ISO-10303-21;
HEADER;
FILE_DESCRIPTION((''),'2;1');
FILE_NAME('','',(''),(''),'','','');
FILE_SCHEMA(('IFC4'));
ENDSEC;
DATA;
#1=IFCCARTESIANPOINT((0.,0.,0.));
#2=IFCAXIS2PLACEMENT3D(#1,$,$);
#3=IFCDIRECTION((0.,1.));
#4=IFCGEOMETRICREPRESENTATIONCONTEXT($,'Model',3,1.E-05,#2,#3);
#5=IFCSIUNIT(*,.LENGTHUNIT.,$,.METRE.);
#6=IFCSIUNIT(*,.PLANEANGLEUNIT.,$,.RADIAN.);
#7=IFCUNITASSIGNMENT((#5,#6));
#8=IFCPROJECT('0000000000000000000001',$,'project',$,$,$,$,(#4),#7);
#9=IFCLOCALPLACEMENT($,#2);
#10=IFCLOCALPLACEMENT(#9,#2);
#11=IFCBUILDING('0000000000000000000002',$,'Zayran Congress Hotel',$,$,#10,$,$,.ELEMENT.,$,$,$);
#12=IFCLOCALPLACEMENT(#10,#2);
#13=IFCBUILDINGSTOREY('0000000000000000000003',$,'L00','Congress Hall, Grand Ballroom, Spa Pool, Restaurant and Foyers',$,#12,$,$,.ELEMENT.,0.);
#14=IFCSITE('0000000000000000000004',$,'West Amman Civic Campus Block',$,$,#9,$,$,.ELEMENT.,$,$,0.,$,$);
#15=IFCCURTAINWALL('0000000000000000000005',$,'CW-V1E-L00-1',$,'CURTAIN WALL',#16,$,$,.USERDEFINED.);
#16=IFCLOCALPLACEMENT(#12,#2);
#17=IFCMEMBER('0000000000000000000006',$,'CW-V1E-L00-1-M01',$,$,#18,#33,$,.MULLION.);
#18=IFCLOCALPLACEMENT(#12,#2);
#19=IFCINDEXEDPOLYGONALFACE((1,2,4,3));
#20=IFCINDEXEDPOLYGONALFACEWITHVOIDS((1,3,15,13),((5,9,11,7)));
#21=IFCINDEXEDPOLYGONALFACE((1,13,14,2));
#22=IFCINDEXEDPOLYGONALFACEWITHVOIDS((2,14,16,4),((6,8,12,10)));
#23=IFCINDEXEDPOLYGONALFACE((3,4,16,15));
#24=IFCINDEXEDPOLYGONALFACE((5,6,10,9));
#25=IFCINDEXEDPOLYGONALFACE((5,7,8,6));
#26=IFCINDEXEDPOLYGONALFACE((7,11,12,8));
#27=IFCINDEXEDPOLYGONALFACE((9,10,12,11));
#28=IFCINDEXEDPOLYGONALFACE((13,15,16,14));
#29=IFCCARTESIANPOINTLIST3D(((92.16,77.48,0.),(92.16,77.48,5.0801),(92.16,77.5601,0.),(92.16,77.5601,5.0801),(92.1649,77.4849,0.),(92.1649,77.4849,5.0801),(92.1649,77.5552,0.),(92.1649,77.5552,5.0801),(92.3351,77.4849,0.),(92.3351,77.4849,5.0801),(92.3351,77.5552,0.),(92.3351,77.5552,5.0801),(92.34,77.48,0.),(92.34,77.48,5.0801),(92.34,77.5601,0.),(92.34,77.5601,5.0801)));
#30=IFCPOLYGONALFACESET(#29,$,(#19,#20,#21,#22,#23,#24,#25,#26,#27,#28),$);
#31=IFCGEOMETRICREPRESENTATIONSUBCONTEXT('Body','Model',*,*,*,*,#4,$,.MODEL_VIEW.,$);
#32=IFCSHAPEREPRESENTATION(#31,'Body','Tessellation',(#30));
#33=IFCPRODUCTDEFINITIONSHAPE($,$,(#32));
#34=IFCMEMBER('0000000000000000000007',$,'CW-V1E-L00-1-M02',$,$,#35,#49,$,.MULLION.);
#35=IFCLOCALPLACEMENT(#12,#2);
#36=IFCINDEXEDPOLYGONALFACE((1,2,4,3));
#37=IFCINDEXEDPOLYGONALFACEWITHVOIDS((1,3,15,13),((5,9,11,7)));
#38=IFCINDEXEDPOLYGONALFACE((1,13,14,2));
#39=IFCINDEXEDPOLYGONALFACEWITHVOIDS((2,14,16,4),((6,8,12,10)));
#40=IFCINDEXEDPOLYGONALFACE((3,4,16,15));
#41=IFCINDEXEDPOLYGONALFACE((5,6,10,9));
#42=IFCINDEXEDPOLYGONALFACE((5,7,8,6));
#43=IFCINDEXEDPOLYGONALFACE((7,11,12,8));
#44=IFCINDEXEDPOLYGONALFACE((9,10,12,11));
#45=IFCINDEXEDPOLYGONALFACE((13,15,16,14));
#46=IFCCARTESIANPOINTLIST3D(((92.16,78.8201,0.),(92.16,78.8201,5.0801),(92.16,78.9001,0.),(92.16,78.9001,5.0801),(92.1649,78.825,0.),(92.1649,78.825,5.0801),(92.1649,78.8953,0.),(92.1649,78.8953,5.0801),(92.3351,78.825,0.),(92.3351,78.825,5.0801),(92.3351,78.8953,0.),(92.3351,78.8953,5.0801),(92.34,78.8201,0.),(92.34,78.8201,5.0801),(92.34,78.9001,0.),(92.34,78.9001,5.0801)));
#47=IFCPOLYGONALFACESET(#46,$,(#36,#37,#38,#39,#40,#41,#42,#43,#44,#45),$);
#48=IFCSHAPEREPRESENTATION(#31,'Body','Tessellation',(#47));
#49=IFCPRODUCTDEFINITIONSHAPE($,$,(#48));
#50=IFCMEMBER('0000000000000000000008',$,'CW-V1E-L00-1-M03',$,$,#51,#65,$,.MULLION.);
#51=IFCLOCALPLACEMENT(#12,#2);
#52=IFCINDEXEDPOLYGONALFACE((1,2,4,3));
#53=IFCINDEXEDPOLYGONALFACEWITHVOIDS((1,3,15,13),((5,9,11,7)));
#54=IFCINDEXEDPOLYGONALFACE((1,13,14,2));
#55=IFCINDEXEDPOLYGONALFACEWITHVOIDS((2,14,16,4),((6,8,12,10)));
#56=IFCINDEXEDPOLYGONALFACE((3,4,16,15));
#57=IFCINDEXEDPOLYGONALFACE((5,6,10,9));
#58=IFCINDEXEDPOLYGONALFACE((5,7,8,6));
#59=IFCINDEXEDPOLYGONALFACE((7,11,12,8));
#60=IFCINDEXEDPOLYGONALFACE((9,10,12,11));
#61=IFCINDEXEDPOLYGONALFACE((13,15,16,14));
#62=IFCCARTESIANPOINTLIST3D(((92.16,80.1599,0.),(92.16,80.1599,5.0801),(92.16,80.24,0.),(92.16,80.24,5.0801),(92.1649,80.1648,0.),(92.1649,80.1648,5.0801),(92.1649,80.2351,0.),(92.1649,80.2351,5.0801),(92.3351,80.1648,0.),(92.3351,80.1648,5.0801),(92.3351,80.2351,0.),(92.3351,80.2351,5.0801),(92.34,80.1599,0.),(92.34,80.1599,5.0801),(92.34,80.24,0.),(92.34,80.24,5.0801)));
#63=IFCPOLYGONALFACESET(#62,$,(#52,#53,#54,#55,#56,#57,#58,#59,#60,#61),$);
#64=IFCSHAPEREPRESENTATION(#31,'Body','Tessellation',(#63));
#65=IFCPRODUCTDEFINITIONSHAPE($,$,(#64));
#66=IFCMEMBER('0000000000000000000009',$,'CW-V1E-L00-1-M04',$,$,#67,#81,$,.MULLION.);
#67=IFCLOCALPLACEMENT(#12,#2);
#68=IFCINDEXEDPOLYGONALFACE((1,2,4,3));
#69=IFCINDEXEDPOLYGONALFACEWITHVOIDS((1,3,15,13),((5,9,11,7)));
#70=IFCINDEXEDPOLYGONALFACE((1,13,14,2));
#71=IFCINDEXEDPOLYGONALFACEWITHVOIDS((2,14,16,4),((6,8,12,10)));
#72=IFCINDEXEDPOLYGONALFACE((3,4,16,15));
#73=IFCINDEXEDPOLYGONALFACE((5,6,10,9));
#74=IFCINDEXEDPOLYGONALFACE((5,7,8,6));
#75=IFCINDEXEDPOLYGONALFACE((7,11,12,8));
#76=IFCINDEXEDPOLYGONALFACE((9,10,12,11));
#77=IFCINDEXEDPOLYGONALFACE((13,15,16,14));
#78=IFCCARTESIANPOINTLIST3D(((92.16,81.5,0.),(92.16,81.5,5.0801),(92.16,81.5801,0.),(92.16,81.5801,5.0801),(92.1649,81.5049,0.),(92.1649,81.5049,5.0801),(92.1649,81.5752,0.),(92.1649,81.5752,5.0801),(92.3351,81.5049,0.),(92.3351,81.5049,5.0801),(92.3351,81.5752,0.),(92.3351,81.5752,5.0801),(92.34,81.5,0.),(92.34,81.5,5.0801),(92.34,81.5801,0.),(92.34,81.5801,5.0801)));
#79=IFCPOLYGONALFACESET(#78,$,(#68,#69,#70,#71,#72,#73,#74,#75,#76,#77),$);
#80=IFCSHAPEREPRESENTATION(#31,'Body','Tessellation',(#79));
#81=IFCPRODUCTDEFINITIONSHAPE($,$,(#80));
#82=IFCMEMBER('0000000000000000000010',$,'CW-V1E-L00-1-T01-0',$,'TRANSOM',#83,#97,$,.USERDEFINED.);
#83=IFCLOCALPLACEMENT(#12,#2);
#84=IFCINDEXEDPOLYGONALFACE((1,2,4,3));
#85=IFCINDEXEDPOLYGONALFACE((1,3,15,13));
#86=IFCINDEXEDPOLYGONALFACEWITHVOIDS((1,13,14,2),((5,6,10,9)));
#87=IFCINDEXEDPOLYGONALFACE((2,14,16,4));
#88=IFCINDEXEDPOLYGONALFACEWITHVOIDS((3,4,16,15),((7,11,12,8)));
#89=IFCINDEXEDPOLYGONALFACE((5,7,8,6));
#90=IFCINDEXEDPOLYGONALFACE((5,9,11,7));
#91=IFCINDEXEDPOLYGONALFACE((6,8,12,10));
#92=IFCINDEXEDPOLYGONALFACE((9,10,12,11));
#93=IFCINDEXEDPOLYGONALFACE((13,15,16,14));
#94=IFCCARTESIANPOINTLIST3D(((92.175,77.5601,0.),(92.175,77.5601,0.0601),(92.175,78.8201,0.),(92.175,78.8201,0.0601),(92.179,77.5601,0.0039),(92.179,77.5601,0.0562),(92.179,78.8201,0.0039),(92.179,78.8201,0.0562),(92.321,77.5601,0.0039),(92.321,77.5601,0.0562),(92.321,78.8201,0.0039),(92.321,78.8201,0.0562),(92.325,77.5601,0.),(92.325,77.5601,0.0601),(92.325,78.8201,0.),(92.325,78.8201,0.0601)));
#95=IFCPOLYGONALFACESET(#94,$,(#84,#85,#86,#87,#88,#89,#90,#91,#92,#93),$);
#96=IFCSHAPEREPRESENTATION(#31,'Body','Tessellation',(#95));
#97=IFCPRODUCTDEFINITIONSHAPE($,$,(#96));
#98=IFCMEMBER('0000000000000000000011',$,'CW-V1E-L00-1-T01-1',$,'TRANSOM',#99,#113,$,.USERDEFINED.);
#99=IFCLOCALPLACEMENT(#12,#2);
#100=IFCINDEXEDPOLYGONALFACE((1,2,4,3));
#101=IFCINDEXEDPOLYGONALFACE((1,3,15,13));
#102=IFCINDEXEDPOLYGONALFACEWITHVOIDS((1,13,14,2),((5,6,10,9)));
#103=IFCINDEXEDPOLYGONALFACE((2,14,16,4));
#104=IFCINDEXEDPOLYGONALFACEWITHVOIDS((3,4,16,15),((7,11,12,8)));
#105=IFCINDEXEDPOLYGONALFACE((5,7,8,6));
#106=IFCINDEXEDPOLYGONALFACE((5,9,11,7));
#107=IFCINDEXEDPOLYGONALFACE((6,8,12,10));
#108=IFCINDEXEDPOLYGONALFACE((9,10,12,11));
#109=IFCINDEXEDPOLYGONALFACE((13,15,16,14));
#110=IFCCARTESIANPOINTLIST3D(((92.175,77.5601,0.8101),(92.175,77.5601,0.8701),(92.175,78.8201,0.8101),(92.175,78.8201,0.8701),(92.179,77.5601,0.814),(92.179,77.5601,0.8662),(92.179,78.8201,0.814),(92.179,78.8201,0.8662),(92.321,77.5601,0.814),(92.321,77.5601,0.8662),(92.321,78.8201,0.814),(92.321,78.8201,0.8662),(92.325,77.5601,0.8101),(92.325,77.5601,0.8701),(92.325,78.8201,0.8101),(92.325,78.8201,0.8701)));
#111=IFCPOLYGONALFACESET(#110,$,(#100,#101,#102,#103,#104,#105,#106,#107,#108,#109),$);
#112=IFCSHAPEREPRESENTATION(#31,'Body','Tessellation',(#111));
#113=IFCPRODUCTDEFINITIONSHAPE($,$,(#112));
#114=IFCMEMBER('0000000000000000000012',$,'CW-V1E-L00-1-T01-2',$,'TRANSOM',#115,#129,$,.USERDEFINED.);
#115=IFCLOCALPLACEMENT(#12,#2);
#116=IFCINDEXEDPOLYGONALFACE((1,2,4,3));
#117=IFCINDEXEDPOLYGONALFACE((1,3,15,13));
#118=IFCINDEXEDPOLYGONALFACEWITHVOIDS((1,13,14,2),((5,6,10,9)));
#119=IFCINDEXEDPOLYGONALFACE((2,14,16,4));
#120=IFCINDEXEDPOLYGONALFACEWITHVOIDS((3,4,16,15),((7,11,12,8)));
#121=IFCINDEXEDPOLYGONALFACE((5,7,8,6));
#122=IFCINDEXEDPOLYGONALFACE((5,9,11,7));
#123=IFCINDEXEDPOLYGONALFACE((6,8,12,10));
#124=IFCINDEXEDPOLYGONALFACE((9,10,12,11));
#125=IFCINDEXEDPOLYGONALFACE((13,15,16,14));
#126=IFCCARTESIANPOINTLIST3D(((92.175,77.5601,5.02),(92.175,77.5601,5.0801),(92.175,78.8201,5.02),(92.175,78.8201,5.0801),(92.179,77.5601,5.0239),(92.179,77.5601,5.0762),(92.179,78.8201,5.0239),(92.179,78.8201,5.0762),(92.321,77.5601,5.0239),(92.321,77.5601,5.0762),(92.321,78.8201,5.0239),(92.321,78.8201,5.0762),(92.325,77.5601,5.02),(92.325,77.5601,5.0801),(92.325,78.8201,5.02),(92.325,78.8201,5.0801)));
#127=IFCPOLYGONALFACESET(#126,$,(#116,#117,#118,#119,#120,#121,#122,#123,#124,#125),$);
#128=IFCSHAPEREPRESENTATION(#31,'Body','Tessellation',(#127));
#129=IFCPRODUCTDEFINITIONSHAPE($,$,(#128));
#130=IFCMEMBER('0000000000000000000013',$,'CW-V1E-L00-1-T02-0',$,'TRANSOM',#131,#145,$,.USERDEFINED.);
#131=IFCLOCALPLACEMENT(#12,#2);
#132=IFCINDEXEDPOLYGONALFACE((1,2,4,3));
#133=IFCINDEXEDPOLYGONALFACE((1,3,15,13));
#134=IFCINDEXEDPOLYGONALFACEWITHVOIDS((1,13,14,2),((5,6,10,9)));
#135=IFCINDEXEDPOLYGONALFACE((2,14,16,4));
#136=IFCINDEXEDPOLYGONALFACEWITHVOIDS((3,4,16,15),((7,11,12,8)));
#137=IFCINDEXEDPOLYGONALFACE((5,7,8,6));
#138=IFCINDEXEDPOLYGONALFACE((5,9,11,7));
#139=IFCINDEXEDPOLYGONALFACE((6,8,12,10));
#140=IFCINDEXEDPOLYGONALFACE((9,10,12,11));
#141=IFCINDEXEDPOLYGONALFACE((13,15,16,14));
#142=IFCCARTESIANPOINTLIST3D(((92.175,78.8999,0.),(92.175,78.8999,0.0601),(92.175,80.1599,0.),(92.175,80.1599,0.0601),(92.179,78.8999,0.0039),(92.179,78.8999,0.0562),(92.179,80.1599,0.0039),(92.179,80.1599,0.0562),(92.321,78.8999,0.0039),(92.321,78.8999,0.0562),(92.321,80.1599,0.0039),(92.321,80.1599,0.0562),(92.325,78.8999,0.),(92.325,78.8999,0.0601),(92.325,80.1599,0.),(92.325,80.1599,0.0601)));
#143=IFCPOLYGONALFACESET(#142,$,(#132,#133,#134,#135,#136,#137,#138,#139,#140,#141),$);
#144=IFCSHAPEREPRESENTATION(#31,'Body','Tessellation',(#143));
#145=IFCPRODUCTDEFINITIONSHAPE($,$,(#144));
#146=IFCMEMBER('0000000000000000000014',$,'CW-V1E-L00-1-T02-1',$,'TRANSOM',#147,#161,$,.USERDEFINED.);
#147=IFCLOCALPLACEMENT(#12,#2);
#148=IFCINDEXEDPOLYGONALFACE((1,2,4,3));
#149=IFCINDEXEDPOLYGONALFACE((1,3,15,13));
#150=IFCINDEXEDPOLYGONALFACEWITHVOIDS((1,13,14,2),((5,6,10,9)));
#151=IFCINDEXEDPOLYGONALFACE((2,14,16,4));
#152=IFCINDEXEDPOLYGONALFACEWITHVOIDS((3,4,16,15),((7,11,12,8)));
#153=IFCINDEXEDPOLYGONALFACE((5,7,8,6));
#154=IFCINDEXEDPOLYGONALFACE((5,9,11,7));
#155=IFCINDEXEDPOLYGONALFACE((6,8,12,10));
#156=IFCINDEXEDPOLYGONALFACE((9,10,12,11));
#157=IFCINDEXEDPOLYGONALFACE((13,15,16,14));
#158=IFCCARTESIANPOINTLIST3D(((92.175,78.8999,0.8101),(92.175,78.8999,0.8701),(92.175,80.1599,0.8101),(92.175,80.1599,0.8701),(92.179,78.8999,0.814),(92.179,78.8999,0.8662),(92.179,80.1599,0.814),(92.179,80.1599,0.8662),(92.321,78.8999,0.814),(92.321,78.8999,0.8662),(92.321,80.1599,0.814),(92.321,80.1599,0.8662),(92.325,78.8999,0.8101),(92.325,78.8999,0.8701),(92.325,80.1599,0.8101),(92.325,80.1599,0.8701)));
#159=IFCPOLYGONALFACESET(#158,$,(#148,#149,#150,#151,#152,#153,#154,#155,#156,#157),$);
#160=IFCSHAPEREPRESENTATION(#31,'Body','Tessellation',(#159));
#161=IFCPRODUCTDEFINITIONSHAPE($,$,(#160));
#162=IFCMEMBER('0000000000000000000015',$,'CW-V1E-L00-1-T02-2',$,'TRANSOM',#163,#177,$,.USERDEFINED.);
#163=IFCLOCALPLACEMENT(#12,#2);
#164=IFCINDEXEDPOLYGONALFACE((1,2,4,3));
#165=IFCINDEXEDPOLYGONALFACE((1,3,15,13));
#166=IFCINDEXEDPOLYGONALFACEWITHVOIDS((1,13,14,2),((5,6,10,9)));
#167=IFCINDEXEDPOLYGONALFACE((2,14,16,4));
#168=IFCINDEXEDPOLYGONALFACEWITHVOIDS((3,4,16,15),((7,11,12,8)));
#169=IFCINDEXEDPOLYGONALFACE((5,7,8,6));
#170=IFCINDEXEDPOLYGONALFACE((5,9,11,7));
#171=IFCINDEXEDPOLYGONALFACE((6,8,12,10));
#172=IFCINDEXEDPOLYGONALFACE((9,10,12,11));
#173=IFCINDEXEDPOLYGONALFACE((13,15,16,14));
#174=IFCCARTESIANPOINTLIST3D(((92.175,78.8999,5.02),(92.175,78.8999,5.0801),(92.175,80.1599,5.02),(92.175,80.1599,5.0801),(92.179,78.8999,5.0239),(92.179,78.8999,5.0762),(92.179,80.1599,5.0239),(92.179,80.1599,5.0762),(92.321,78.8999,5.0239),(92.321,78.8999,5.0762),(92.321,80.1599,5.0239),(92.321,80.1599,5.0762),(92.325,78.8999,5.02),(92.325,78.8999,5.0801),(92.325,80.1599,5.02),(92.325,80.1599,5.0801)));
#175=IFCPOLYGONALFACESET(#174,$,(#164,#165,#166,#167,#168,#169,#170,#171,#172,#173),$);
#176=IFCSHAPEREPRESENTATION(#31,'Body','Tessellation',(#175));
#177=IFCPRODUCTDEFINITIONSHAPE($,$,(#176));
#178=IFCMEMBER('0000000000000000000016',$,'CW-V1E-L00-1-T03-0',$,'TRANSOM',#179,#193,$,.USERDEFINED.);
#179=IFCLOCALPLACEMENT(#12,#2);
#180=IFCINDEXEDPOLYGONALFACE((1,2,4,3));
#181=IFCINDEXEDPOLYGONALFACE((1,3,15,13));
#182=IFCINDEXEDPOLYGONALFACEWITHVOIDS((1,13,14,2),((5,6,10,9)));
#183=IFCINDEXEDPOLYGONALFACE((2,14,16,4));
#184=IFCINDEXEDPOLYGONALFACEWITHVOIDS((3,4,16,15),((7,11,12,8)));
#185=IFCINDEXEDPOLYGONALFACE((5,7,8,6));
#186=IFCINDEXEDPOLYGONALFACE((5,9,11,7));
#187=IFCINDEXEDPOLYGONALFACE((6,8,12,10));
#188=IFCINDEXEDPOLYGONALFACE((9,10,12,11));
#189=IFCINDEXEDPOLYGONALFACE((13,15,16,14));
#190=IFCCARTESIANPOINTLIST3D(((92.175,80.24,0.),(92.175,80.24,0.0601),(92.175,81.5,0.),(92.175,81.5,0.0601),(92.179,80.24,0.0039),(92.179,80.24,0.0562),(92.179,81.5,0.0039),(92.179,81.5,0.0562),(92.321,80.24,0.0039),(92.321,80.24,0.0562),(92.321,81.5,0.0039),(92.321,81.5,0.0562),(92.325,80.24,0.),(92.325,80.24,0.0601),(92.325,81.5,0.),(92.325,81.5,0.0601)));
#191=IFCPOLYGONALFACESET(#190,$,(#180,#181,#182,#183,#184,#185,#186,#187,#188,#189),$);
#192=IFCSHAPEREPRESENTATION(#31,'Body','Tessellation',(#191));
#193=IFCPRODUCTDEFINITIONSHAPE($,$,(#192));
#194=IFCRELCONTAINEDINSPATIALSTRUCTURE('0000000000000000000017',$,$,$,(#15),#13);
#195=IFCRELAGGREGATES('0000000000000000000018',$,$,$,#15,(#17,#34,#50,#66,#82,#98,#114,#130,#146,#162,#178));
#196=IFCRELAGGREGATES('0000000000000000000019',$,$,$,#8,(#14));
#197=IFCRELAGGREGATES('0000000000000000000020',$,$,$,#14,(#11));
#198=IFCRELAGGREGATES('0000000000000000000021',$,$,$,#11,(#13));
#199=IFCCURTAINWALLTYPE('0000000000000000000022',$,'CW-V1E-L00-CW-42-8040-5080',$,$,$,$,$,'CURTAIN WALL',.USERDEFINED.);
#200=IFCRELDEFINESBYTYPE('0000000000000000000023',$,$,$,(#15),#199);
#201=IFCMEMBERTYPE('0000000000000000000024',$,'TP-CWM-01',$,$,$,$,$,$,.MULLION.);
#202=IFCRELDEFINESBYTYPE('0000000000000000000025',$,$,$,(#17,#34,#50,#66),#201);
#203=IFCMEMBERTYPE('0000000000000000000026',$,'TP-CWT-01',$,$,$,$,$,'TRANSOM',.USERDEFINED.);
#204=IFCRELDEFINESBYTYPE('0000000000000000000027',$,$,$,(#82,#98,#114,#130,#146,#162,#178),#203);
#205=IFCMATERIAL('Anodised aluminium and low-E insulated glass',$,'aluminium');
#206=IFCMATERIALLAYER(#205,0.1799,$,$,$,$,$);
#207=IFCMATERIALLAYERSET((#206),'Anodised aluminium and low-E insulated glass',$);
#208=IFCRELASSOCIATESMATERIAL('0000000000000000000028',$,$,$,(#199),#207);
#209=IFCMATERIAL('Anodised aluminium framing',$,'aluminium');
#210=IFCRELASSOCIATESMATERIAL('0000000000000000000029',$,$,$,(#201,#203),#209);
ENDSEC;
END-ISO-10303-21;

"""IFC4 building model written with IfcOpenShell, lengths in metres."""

from ifc_helpers import new_model, si_unit, direction, frame, origin, origin_2d, place, context, subcontext, project, spatial, hollow_rectangle, extrude, material, layer, layer_set, material_profile, profile_set, type_object, element, aggregate, save


model = new_model("IFC4")

# Units and contexts
model_context = context("Model", 3, precision=1e-05, world=origin(), true_north=direction((0.0, 1.0)))
body_context = subcontext(model_context, "Body", "Model", "MODEL_VIEW")
ifc_project = project(units=[si_unit("LENGTHUNIT", "METRE"), si_unit("PLANEANGLEUNIT", "RADIAN")], contexts=[model_context])

# Site, building, storey
site_placement = place(None, origin())
site = spatial("IfcSite", under=ifc_project, at=site_placement, Name="West Amman Civic Campus Block", CompositionType="ELEMENT", RefElevation=0.0)
building_placement = place(site_placement, origin())
building = spatial("IfcBuilding", under=site, at=building_placement, Name="Zayran Congress Hotel", CompositionType="ELEMENT")
storey_placement = place(building_placement, origin())
storey = spatial("IfcBuildingStorey", under=building, at=storey_placement, Name="L00", Description="Congress Hall, Grand Ballroom, Spa Pool, Restaurant and Foyers", CompositionType="ELEMENT", Elevation=0.0)

# Curtain wall, members
ifc_material_1 = material(Name="Anodised aluminium and low-E insulated glass", Category="aluminium")
ifc_layer_1 = layer(ifc_material_1, 0.1799)
ifc_layer_set_1 = layer_set([ifc_layer_1], Name="Anodised aluminium and low-E insulated glass")
curtain_wall_type = type_object("IfcCurtainWallType", Name="CW-V1E-L00-CW-42-8040-5080", ElementType="CURTAIN WALL", PredefinedType="USERDEFINED", material=ifc_layer_set_1)
curtain_wall_placement = place(storey_placement, origin())
curtain_wall = element("IfcCurtainWall", 1, at=curtain_wall_placement, inside=storey, type_object=curtain_wall_type, Name="CW-V1E-L00-1", ObjectType="CURTAIN WALL", PredefinedType="USERDEFINED")
ifc_material_2 = material(Name="Anodised aluminium framing", Category="aluminium")
ifc_material_profile_1 = material_profile(ifc_material_2, hollow_rectangle(XDim=0.0801, YDim=0.1799, WallThickness=0.0049, at=origin_2d()), Name="RHS 180x80x5")
ifc_profile_set_1 = profile_set([ifc_material_profile_1], Name="Anodised aluminium framing")
member_type_1 = type_object("IfcMemberType", Name="TP-CWM-01", PredefinedType="MULLION", material=ifc_profile_set_1)
member_1_placement = place(storey_placement, frame((92.25, 77.52, 0.0), z_axis=(0.0, 0.0, 1.0), x_axis=(0.0, 1.0, 0.0)))
member_1 = element("IfcMember", 2, at=member_1_placement, type_object=member_type_1, Name="CW-V1E-L00-1-M01", PredefinedType="MULLION", context=body_context, shape_type="SweptSolid", body=[
    extrude(hollow_rectangle(XDim=0.0801, YDim=0.1799, WallThickness=0.0049, at=origin_2d()), origin(), (0.0, 0.0, 1.0), 5.0801),
])
member_2_placement = place(storey_placement, frame((92.25, 78.8601, 0.0), z_axis=(0.0, 0.0, 1.0), x_axis=(0.0, 1.0, 0.0)))
member_2 = element("IfcMember", 3, at=member_2_placement, type_object=member_type_1, Name="CW-V1E-L00-1-M02", PredefinedType="MULLION", context=body_context, shape_type="SweptSolid", body=[
    extrude(hollow_rectangle(XDim=0.0801, YDim=0.1799, WallThickness=0.0049, at=origin_2d()), origin(), (0.0, 0.0, 1.0), 5.0801),
])
member_3_placement = place(storey_placement, frame((92.25, 80.2, 0.0), z_axis=(0.0, 0.0, 1.0), x_axis=(0.0, 1.0, 0.0)))
member_3 = element("IfcMember", 4, at=member_3_placement, type_object=member_type_1, Name="CW-V1E-L00-1-M03", PredefinedType="MULLION", context=body_context, shape_type="SweptSolid", body=[
    extrude(hollow_rectangle(XDim=0.0801, YDim=0.1799, WallThickness=0.0049, at=origin_2d()), origin(), (0.0, 0.0, 1.0), 5.0801),
])
member_4_placement = place(storey_placement, frame((92.25, 81.54, 0.0), z_axis=(0.0, 0.0, 1.0), x_axis=(0.0, 1.0, 0.0)))
member_4 = element("IfcMember", 5, at=member_4_placement, type_object=member_type_1, Name="CW-V1E-L00-1-M04", PredefinedType="MULLION", context=body_context, shape_type="SweptSolid", body=[
    extrude(hollow_rectangle(XDim=0.0801, YDim=0.1799, WallThickness=0.0049, at=origin_2d()), origin(), (0.0, 0.0, 1.0), 5.0801),
])
ifc_material_profile_2 = material_profile(ifc_material_2, hollow_rectangle(XDim=0.0601, YDim=0.1499, WallThickness=0.0039, at=origin_2d()), Name="RHS 150x60x4")
ifc_profile_set_2 = profile_set([ifc_material_profile_2], Name="Anodised aluminium framing")
member_type_2 = type_object("IfcMemberType", Name="TP-CWT-01", ElementType="TRANSOM", PredefinedType="USERDEFINED", material=ifc_profile_set_2)
member_5_placement = place(storey_placement, frame((92.25, 77.5601, 0.03), z_axis=(0.0, 1.0, 0.0), x_axis=(0.0, 0.0, 1.0)))
member_5 = element("IfcMember", 6, at=member_5_placement, type_object=member_type_2, Name="CW-V1E-L00-1-T01-0", ObjectType="TRANSOM", PredefinedType="USERDEFINED", context=body_context, shape_type="SweptSolid", body=[
    extrude(hollow_rectangle(XDim=0.0601, YDim=0.1499, WallThickness=0.0039, at=origin_2d()), origin(), (0.0, 0.0, 1.0), 1.26),
])
member_6_placement = place(storey_placement, frame((92.25, 77.5601, 0.8401), z_axis=(0.0, 1.0, 0.0), x_axis=(0.0, 0.0, 1.0)))
member_6 = element("IfcMember", 7, at=member_6_placement, type_object=member_type_2, Name="CW-V1E-L00-1-T01-1", ObjectType="TRANSOM", PredefinedType="USERDEFINED", context=body_context, shape_type="SweptSolid", body=[
    extrude(hollow_rectangle(XDim=0.0601, YDim=0.1499, WallThickness=0.0039, at=origin_2d()), origin(), (0.0, 0.0, 1.0), 1.26),
])
member_7_placement = place(storey_placement, frame((92.25, 77.5601, 5.05), z_axis=(0.0, 1.0, 0.0), x_axis=(0.0, 0.0, 1.0)))
member_7 = element("IfcMember", 8, at=member_7_placement, type_object=member_type_2, Name="CW-V1E-L00-1-T01-2", ObjectType="TRANSOM", PredefinedType="USERDEFINED", context=body_context, shape_type="SweptSolid", body=[
    extrude(hollow_rectangle(XDim=0.0601, YDim=0.1499, WallThickness=0.0039, at=origin_2d()), origin(), (0.0, 0.0, 1.0), 1.26),
])
member_8_placement = place(storey_placement, frame((92.25, 78.8999, 0.03), z_axis=(0.0, 1.0, 0.0), x_axis=(0.0, 0.0, 1.0)))
member_8 = element("IfcMember", 9, at=member_8_placement, type_object=member_type_2, Name="CW-V1E-L00-1-T02-0", ObjectType="TRANSOM", PredefinedType="USERDEFINED", context=body_context, shape_type="SweptSolid", body=[
    extrude(hollow_rectangle(XDim=0.0601, YDim=0.1499, WallThickness=0.0039, at=origin_2d()), origin(), (0.0, 0.0, 1.0), 1.26),
])
member_9_placement = place(storey_placement, frame((92.25, 78.8999, 0.8401), z_axis=(0.0, 1.0, 0.0), x_axis=(0.0, 0.0, 1.0)))
member_9 = element("IfcMember", 10, at=member_9_placement, type_object=member_type_2, Name="CW-V1E-L00-1-T02-1", ObjectType="TRANSOM", PredefinedType="USERDEFINED", context=body_context, shape_type="SweptSolid", body=[
    extrude(hollow_rectangle(XDim=0.0601, YDim=0.1499, WallThickness=0.0039, at=origin_2d()), origin(), (0.0, 0.0, 1.0), 1.26),
])
member_10_placement = place(storey_placement, frame((92.25, 78.8999, 5.05), z_axis=(0.0, 1.0, 0.0), x_axis=(0.0, 0.0, 1.0)))
member_10 = element("IfcMember", 11, at=member_10_placement, type_object=member_type_2, Name="CW-V1E-L00-1-T02-2", ObjectType="TRANSOM", PredefinedType="USERDEFINED", context=body_context, shape_type="SweptSolid", body=[
    extrude(hollow_rectangle(XDim=0.0601, YDim=0.1499, WallThickness=0.0039, at=origin_2d()), origin(), (0.0, 0.0, 1.0), 1.26),
])
member_11_placement = place(storey_placement, frame((92.25, 80.24, 0.03), z_axis=(0.0, 1.0, 0.0), x_axis=(0.0, 0.0, 1.0)))
member_11 = element("IfcMember", 12, at=member_11_placement, type_object=member_type_2, Name="CW-V1E-L00-1-T03-0", ObjectType="TRANSOM", PredefinedType="USERDEFINED", context=body_context, shape_type="SweptSolid", body=[
    extrude(hollow_rectangle(XDim=0.0601, YDim=0.1499, WallThickness=0.0039, at=origin_2d()), origin(), (0.0, 0.0, 1.0), 1.26),
])
aggregate(curtain_wall, [member_1, member_2, member_3, member_4, member_5, member_6, member_7, member_8, member_9, member_10, member_11])

save(model, "model.ifc")
